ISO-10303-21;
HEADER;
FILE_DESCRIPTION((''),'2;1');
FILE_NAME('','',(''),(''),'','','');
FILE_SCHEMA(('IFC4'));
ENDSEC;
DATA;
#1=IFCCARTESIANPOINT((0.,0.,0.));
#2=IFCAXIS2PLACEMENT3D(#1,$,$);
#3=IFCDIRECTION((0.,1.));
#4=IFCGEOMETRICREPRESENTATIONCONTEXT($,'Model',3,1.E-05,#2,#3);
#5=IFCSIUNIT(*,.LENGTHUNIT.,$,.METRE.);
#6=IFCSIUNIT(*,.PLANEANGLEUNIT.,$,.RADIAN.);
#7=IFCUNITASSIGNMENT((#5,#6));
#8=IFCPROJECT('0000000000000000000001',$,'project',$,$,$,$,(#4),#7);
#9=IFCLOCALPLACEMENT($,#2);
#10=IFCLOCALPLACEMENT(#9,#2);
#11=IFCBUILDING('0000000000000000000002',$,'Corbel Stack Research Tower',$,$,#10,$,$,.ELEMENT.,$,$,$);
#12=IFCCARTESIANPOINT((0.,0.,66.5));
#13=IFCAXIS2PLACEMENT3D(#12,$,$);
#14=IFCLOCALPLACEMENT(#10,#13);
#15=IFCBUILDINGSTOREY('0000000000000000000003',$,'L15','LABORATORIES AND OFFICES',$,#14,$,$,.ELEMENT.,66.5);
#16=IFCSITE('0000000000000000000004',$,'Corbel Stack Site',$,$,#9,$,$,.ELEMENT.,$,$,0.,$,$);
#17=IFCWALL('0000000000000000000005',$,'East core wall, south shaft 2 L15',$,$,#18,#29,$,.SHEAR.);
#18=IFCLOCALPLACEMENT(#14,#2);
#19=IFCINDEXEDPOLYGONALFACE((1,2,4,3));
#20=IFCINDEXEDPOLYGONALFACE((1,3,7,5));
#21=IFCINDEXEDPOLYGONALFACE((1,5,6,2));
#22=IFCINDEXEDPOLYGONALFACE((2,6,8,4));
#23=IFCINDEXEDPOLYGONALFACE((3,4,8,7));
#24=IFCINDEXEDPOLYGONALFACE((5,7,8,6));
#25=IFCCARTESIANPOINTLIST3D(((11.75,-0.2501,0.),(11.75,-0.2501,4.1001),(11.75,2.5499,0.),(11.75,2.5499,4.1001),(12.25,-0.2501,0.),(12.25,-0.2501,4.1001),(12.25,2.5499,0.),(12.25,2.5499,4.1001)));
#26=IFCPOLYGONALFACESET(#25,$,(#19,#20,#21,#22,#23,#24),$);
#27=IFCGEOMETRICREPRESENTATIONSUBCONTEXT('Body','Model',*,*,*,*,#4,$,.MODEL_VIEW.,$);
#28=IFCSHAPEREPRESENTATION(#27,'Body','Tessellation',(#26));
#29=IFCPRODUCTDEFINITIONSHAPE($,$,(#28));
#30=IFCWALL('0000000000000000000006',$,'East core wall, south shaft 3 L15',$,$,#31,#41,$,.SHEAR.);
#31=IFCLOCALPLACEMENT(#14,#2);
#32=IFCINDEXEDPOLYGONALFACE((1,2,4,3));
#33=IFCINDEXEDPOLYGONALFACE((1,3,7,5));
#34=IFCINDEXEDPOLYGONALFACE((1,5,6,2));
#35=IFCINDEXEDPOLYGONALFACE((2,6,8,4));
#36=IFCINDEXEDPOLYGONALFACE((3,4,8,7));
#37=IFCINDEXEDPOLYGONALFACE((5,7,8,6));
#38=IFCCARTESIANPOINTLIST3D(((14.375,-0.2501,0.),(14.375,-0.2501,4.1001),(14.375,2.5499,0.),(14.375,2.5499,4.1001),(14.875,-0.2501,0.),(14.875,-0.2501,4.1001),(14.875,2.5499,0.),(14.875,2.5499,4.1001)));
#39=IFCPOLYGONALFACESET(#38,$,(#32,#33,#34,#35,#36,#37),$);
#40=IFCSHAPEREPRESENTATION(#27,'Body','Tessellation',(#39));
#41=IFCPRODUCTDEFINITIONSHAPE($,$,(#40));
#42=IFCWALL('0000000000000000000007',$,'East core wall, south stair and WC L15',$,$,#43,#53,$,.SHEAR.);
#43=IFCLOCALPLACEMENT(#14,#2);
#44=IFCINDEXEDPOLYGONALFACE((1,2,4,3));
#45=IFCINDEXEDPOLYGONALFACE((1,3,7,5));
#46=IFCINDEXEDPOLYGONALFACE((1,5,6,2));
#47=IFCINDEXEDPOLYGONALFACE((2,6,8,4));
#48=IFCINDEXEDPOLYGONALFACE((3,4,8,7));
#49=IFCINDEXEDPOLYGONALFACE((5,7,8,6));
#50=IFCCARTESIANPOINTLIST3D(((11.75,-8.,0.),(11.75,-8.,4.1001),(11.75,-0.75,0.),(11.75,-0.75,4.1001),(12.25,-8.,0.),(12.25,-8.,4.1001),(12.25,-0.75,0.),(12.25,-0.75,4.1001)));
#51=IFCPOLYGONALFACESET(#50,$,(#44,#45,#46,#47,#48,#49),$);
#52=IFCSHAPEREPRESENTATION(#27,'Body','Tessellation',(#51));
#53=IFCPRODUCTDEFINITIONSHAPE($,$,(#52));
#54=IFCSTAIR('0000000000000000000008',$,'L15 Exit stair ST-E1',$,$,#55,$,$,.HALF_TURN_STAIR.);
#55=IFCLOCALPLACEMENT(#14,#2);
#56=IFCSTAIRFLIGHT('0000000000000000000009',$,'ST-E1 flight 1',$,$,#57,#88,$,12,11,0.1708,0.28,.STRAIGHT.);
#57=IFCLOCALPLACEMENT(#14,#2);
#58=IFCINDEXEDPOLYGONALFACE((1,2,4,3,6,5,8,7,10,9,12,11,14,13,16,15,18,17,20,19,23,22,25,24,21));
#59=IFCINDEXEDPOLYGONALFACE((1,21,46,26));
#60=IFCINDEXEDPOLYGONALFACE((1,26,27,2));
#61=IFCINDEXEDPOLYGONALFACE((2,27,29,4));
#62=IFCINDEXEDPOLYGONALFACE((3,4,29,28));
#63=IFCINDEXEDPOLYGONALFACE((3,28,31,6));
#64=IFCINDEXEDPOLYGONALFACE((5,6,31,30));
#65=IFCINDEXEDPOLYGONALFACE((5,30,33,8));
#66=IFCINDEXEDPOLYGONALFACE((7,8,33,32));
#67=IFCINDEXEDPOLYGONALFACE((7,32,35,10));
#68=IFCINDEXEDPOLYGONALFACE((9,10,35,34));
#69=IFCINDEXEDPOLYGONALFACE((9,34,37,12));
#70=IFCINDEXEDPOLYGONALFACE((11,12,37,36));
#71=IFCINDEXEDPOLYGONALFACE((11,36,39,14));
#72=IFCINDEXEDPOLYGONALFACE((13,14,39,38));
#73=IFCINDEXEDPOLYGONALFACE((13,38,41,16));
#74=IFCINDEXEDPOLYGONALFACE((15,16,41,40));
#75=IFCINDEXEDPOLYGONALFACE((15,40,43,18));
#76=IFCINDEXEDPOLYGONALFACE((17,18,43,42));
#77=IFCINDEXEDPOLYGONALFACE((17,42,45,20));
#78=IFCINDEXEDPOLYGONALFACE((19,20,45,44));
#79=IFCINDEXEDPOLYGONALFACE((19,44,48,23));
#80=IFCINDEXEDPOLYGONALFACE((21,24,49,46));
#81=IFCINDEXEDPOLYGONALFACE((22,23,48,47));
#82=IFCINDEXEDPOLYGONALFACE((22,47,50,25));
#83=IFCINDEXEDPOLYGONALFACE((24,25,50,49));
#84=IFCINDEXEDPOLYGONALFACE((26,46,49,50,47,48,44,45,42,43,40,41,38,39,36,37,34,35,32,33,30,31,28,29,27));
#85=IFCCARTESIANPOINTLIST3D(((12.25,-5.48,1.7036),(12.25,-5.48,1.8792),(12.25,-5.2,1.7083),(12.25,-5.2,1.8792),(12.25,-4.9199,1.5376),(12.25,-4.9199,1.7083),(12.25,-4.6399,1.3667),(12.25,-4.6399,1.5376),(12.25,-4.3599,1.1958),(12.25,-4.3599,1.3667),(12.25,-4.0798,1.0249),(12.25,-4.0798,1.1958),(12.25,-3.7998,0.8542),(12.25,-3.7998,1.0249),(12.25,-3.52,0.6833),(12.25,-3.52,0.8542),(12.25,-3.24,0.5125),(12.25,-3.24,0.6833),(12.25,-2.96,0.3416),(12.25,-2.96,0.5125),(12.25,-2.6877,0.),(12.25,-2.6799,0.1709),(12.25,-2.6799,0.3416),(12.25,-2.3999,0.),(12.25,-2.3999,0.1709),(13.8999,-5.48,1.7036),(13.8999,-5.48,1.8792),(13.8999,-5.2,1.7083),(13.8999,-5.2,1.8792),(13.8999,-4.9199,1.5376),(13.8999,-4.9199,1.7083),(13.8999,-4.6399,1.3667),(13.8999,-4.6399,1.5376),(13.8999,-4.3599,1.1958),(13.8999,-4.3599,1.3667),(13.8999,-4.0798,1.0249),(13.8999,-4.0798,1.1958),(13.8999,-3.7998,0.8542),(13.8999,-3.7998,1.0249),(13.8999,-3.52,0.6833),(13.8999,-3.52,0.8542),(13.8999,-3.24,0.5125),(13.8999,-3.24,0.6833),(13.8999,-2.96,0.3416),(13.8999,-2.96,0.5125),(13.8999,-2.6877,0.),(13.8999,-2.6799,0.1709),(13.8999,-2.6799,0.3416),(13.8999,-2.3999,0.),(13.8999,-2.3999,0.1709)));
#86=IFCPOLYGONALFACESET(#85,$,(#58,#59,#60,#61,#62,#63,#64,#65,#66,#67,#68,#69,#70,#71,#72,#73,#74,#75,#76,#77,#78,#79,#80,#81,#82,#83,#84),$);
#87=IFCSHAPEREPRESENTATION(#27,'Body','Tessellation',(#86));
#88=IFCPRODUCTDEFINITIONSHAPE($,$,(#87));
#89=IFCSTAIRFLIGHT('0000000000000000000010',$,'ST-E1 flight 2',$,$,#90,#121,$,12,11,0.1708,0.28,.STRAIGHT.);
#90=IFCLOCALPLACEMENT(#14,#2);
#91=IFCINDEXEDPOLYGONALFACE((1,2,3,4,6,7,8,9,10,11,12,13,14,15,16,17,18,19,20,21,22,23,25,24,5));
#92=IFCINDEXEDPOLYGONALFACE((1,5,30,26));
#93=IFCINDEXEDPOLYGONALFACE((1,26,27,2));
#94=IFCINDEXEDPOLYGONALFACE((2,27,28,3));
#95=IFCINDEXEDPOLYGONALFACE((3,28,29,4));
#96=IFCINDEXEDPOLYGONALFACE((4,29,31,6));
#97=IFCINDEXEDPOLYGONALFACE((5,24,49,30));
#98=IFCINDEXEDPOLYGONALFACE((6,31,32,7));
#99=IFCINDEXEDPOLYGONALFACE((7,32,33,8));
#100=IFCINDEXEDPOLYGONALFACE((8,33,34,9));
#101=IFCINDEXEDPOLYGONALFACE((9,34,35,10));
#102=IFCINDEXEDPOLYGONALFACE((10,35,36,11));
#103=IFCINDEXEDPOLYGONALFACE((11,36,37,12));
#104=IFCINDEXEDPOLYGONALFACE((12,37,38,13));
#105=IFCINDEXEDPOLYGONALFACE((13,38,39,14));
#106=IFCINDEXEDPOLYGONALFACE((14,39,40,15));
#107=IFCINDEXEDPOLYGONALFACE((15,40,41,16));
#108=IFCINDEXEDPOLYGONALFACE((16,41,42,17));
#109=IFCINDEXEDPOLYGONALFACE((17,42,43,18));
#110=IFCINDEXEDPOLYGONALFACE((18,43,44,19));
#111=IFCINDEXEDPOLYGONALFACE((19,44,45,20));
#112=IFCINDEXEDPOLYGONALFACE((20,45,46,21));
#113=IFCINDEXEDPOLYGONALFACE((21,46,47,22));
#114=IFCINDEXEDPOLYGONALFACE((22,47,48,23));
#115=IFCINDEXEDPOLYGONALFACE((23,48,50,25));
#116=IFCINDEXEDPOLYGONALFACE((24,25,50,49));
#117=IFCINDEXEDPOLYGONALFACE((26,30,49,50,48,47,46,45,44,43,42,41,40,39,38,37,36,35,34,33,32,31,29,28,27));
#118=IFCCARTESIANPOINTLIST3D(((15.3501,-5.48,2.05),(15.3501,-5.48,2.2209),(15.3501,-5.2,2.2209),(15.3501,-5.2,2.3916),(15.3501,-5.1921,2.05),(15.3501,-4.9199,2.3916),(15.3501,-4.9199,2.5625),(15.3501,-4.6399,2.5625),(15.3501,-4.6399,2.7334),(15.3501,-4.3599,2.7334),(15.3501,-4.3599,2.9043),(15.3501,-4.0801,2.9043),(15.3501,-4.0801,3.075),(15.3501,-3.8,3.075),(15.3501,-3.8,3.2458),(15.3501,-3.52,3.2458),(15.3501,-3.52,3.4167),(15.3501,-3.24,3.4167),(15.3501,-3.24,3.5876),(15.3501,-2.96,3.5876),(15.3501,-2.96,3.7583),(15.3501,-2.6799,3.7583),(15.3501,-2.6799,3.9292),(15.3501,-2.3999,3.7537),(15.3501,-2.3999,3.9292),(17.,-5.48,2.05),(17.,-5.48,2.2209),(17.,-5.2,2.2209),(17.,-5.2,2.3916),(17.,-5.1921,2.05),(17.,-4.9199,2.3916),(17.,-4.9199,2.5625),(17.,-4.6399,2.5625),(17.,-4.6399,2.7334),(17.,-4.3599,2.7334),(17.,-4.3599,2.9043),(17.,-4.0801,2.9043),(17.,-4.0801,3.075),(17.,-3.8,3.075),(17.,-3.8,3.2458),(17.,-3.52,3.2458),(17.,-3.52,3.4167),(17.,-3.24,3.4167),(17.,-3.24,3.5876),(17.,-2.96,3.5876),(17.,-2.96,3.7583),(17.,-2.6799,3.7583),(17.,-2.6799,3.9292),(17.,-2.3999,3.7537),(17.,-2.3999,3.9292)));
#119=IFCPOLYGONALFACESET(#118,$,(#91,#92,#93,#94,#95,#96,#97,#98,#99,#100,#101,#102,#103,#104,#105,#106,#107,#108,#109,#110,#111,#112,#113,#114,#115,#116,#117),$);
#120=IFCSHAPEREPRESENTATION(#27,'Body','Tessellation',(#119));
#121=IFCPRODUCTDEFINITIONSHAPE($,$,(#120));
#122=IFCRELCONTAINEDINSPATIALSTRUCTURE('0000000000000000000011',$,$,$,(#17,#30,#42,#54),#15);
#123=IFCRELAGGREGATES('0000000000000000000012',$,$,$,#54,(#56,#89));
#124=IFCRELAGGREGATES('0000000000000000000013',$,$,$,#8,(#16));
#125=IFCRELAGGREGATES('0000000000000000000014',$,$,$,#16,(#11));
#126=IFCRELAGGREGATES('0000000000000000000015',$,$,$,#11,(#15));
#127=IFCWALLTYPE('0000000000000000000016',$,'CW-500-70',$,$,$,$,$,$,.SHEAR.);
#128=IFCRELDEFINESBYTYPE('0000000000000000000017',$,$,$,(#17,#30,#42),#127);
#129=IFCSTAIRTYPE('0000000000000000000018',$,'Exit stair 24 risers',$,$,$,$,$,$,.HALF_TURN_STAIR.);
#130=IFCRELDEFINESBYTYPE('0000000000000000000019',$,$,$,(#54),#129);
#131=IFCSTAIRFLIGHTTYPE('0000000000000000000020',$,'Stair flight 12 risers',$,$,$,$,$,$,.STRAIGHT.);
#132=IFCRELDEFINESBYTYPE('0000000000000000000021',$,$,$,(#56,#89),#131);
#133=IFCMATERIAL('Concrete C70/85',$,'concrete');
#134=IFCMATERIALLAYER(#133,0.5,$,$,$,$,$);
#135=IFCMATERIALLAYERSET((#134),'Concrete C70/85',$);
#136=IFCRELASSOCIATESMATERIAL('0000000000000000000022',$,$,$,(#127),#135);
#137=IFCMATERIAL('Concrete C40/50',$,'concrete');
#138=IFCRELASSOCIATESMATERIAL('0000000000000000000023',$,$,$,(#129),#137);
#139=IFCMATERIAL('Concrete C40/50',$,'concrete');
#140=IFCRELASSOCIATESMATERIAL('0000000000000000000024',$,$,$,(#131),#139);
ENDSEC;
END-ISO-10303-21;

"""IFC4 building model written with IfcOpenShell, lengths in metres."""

from ifc_helpers import new_model, si_unit, direction, frame, frame_2d, origin, place, context, subcontext, project, spatial, polyline, rectangle, outline, extrude, material, layer, layer_set, type_object, element, aggregate, save


model = new_model("IFC4")

# Units and contexts
model_context = context("Model", 3, precision=1e-05, world=origin(), true_north=direction((0.0, 1.0)))
body_context = subcontext(model_context, "Body", "Model", "MODEL_VIEW")
ifc_project = project(units=[si_unit("LENGTHUNIT", "METRE"), si_unit("PLANEANGLEUNIT", "RADIAN")], contexts=[model_context])

# Site, building, storey
site_placement = place(None, origin())
site = spatial("IfcSite", under=ifc_project, at=site_placement, Name="Corbel Stack Site", CompositionType="ELEMENT", RefElevation=0.0)
building_placement = place(site_placement, origin())
building = spatial("IfcBuilding", under=site, at=building_placement, Name="Corbel Stack Research Tower", CompositionType="ELEMENT")
storey_placement = place(building_placement, frame((0.0, 0.0, 66.5)))
storey = spatial("IfcBuildingStorey", under=building, at=storey_placement, Name="L15", Description="LABORATORIES AND OFFICES", CompositionType="ELEMENT", Elevation=66.5)

# Walls
ifc_material_1 = material(Name="Concrete C70/85", Category="concrete")
ifc_layer_1 = layer(ifc_material_1, 0.5)
ifc_layer_set_1 = layer_set([ifc_layer_1], Name="Concrete C70/85")
wall_type_1 = type_object("IfcWallType", Name="CW-500-70", PredefinedType="SHEAR", material=ifc_layer_set_1)
for number, where, z_axis, x_axis, name in (
    (1, (12.0, -0.25, 0.0), (0.0, 0.0, 1.0), (0.0, 1.0, 0.0), "East core wall, south shaft 2 L15"),
    (2, (14.625, -0.25, 0.0), (0.0, 0.0, 1.0), (0.0, 1.0, 0.0), "East core wall, south shaft 3 L15"),
):
    element("IfcWall", number, at=place(storey_placement, frame(where, z_axis=z_axis, x_axis=x_axis)), inside=storey, type_object=wall_type_1, Name=name, PredefinedType="SHEAR", context=body_context, shape_type="SweptSolid", body=[
        extrude(rectangle(XDim=2.8, YDim=0.5, at=frame_2d((1.3999, 0.0))), origin(), (0.0, 0.0, 1.0), 4.1001),
    ])
wall_1_placement = place(storey_placement, frame((12.0, -8.0, 0.0), z_axis=(0.0, 0.0, 1.0), x_axis=(0.0, 1.0, 0.0)))
element("IfcWall", 3, at=wall_1_placement, inside=storey, type_object=wall_type_1, Name="East core wall, south stair and WC L15", PredefinedType="SHEAR", context=body_context, shape_type="SweptSolid", body=[
    extrude(rectangle(XDim=7.25, YDim=0.5, at=frame_2d((3.625, 0.0))), origin(), (0.0, 0.0, 1.0), 4.1001),
])

# Stair, stair flights
ifc_material_2 = material(Name="Concrete C40/50", Category="concrete")
stair_type = type_object("IfcStairType", Name="Exit stair 24 risers", PredefinedType="HALF_TURN_STAIR", material=ifc_material_2)
stair_placement = place(storey_placement, origin())
stair = element("IfcStair", 4, at=stair_placement, inside=storey, type_object=stair_type, Name="L15 Exit stair ST-E1", PredefinedType="HALF_TURN_STAIR")
ifc_material_3 = material(Name="Concrete C40/50", Category="concrete")
stair_flight_type = type_object("IfcStairFlightType", Name="Stair flight 12 risers", PredefinedType="STRAIGHT", material=ifc_material_3)
stair_flight_1_placement = place(storey_placement, frame((13.075, -2.3999, 0.0), z_axis=(0.0, 0.0, 1.0), x_axis=(0.0, -1.0, 0.0)))
stair_flight_1 = element("IfcStairFlight", 5, at=stair_flight_1_placement, type_object=stair_flight_type, Name="ST-E1 flight 1", NumberOfRisers=12, NumberOfTreads=11, PredefinedType="STRAIGHT", RiserHeight=0.1708, TreadLength=0.28, context=body_context, shape_type="SweptSolid", body=[
    extrude(outline(polyline([(0.0, 0.0), (0.0, 0.1709), (0.28, 0.1709), (0.28, 0.3416), (0.5601, 0.3416), (0.5601, 0.5125), (0.8401, 0.5125), (0.8401, 0.6833), (1.1201, 0.6833), (1.1201, 0.8542), (1.3999, 0.8542), (1.3999, 1.0249), (1.6799, 1.0249), (1.6799, 1.1958), (1.96, 1.1958), (1.96, 1.3667), (2.24, 1.3667), (2.24, 1.5376), (2.52, 1.5376), (2.52, 1.7083), (2.8, 1.7083), (2.8, 1.8792), (3.0801, 1.8792), (3.0801, 2.05), (3.0801, 1.7036), (0.2878, 0.0), (0.0, 0.0)])), frame((0.0, 0.825, 0.0), z_axis=(0.0, -1.0, 0.0), x_axis=(1.0, 0.0, 0.0)), (0.0, 0.0, 1.0), 1.6499),
])
stair_flight_2_placement = place(storey_placement, frame((16.175, -5.48, 2.05), z_axis=(0.0, 0.0, 1.0), x_axis=(0.0, 1.0, 0.0)))
stair_flight_2 = element("IfcStairFlight", 6, at=stair_flight_2_placement, type_object=stair_flight_type, Name="ST-E1 flight 2", NumberOfRisers=12, NumberOfTreads=11, PredefinedType="STRAIGHT", RiserHeight=0.1708, TreadLength=0.28, context=body_context, shape_type="SweptSolid", body=[
    extrude(outline(polyline([(0.0, 0.0), (0.0, 0.1709), (0.28, 0.1709), (0.28, 0.3416), (0.5601, 0.3416), (0.5601, 0.5125), (0.8401, 0.5125), (0.8401, 0.6833), (1.1201, 0.6833), (1.1201, 0.8542), (1.3999, 0.8542), (1.3999, 1.0249), (1.6799, 1.0249), (1.6799, 1.1958), (1.96, 1.1958), (1.96, 1.3667), (2.24, 1.3667), (2.24, 1.5376), (2.52, 1.5376), (2.52, 1.7083), (2.8, 1.7083), (2.8, 1.8792), (3.0801, 1.8792), (3.0801, 2.05), (3.0801, 1.7036), (0.2878, 0.0), (0.0, 0.0)])), frame((0.0, 0.825, 0.0), z_axis=(0.0, -1.0, 0.0), x_axis=(1.0, 0.0, 0.0)), (0.0, 0.0, 1.0), 1.6499),
])
aggregate(stair, [stair_flight_1, stair_flight_2])

save(model, "model.ifc")
